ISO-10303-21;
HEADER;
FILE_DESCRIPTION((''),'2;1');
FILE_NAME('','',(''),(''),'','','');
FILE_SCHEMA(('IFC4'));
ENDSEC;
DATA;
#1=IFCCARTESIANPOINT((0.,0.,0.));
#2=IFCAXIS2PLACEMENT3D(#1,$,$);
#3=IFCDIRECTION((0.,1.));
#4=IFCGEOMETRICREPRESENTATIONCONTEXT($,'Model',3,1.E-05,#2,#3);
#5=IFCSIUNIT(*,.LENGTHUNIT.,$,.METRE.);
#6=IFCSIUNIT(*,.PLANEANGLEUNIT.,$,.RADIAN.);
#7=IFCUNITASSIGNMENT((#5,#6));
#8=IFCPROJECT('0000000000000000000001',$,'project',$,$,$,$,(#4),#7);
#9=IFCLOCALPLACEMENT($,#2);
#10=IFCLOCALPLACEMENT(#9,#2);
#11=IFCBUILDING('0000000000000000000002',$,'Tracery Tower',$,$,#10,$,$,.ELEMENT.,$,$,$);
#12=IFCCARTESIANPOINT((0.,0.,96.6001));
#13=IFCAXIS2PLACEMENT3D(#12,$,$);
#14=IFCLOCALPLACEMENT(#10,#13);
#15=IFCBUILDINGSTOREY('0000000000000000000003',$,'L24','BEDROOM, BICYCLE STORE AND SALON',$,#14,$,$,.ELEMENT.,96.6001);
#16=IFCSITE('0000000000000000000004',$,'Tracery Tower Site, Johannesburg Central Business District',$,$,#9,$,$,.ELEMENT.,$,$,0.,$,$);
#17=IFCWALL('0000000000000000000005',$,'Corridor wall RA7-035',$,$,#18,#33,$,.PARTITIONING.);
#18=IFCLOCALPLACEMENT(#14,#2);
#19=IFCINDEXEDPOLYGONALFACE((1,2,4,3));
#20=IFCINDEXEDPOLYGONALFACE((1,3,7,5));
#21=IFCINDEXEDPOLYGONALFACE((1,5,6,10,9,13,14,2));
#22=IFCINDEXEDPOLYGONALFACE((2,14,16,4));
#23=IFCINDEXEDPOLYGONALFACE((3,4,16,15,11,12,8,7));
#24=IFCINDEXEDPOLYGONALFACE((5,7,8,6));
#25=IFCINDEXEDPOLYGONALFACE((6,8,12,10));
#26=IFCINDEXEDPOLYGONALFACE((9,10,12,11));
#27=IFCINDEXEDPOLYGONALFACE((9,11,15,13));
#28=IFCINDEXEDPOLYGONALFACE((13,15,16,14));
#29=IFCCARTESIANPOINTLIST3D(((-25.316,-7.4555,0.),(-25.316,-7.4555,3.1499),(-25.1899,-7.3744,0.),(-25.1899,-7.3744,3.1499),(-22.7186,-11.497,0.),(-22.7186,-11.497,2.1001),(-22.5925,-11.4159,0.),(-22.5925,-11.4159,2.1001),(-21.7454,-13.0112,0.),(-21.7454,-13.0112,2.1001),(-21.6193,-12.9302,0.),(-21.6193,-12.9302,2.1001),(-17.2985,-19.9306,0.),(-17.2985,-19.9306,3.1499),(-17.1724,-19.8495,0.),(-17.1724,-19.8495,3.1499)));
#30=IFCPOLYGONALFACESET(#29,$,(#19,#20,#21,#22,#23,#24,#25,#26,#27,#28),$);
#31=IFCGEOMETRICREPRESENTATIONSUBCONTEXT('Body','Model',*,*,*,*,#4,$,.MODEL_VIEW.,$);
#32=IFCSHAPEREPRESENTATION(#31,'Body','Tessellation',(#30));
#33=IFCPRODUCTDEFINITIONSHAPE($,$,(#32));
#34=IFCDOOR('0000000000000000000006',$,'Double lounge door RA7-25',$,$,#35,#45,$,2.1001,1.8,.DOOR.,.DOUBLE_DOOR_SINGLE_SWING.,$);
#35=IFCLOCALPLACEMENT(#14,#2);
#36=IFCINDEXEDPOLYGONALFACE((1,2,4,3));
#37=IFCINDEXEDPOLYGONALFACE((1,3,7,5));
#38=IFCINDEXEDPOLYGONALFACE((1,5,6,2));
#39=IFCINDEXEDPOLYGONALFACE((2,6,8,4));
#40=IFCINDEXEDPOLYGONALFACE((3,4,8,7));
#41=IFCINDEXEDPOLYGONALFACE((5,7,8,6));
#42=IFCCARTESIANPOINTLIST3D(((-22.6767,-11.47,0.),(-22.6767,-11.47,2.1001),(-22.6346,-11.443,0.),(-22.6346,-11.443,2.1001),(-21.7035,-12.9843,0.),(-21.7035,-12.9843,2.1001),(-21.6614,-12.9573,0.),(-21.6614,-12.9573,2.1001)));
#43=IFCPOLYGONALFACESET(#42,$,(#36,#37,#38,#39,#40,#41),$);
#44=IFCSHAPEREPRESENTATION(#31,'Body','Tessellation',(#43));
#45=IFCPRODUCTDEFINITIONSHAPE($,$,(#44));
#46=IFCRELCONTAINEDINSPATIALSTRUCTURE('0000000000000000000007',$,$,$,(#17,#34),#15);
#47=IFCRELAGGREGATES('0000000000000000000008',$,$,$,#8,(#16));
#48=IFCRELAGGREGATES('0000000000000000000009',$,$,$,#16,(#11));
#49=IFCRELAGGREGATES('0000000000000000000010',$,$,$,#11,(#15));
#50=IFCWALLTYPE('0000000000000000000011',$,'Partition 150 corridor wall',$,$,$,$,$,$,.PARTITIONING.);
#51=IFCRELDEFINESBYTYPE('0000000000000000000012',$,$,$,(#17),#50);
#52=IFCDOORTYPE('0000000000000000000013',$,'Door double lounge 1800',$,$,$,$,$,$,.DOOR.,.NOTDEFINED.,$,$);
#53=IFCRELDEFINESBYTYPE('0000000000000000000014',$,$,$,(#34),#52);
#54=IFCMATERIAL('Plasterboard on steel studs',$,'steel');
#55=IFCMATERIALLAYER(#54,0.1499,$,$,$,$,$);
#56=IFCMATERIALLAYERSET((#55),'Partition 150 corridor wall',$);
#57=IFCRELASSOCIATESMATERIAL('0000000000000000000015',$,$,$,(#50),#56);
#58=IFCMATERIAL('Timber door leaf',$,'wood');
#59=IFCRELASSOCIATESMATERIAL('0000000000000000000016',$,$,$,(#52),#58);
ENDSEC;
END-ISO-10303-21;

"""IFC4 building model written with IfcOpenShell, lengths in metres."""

from ifc_helpers import new_model, si_unit, direction, frame, frame_2d, origin, place, context, subcontext, project, spatial, rectangle, extrude, material, layer, layer_set, type_object, element, fill, save


model = new_model("IFC4")

# Units and contexts
model_context = context("Model", 3, precision=1e-05, world=origin(), true_north=direction((0.0, 1.0)))
body_context = subcontext(model_context, "Body", "Model", "MODEL_VIEW")
ifc_project = project(units=[si_unit("LENGTHUNIT", "METRE"), si_unit("PLANEANGLEUNIT", "RADIAN")], contexts=[model_context])

# Site, building, storey
site_placement = place(None, origin())
site = spatial("IfcSite", under=ifc_project, at=site_placement, Name="Tracery Tower Site, Johannesburg Central Business District", CompositionType="ELEMENT", RefElevation=0.0)
building_placement = place(site_placement, origin())
building = spatial("IfcBuilding", under=site, at=building_placement, Name="Tracery Tower", CompositionType="ELEMENT")
storey_placement = place(building_placement, frame((0.0, 0.0, 96.6001)))
storey = spatial("IfcBuildingStorey", under=building, at=storey_placement, Name="L24", Description="BEDROOM, BICYCLE STORE AND SALON", CompositionType="ELEMENT", Elevation=96.6001)

# Shared definitions
ifc_material_1 = material(Name="Plasterboard on steel studs", Category="steel")
ifc_layer_1 = layer(ifc_material_1, 0.1499)
ifc_layer_set_1 = layer_set([ifc_layer_1], Name="Partition 150 corridor wall")
wall_type_1 = type_object("IfcWallType", Name="Partition 150 corridor wall", PredefinedType="PARTITIONING", material=ifc_layer_set_1)

# Wall, opening, door
wall_1_placement = place(storey_placement, frame((-25.2529, -7.415, 0.0), z_axis=(0.0, 0.0, 1.0), x_axis=(0.540656, -0.841244, 0.0)))
wall_1 = element("IfcWall", 1, at=wall_1_placement, inside=storey, type_object=wall_type_1, Name="Corridor wall RA7-035", PredefinedType="PARTITIONING", context=body_context, shape_type="SweptSolid", body=[
    extrude(rectangle(XDim=14.8293, YDim=0.1499, at=frame_2d((7.4146, 0.0))), origin(), (0.0, 0.0, 1.0), 3.1499),
])
opening_1_placement = place(wall_1_placement, frame((4.8042, 0.0, 0.0)))
opening_1 = element("IfcOpeningElement", 2, at=opening_1_placement, cuts=wall_1, PredefinedType="OPENING", context=body_context, shape_type="SweptSolid", body=[
    extrude(rectangle(XDim=1.8, YDim=2.1001, at=frame_2d((0.8999, 1.05))), frame((0.0, 0.075, 0.0), z_axis=(0.0, -1.0, 0.0), x_axis=(1.0, 0.0, 0.0)), (0.0, 0.0, 1.0), 0.1499),
])
ifc_material_2 = material(Name="Timber door leaf", Category="wood")
door_type_1 = type_object("IfcDoorType", Name="Door double lounge 1800", OperationType="NOTDEFINED", PredefinedType="DOOR", material=ifc_material_2)
door_1_placement = place(opening_1_placement, origin())
door_1 = element("IfcDoor", 3, at=door_1_placement, inside=storey, type_object=door_type_1, Name="Double lounge door RA7-25", OperationType="DOUBLE_DOOR_SINGLE_SWING", OverallHeight=2.1001, OverallWidth=1.8, PredefinedType="DOOR", context=body_context, shape_type="SweptSolid", body=[
    extrude(rectangle(XDim=1.8, YDim=2.1001, at=frame_2d((0.8999, 1.05))), frame((0.0, 0.0249, 0.0), z_axis=(0.0, -1.0, 0.0), x_axis=(1.0, 0.0, 0.0)), (0.0, 0.0, 1.0), 0.05),
])
fill(opening_1, door_1)

save(model, "model.ifc")
